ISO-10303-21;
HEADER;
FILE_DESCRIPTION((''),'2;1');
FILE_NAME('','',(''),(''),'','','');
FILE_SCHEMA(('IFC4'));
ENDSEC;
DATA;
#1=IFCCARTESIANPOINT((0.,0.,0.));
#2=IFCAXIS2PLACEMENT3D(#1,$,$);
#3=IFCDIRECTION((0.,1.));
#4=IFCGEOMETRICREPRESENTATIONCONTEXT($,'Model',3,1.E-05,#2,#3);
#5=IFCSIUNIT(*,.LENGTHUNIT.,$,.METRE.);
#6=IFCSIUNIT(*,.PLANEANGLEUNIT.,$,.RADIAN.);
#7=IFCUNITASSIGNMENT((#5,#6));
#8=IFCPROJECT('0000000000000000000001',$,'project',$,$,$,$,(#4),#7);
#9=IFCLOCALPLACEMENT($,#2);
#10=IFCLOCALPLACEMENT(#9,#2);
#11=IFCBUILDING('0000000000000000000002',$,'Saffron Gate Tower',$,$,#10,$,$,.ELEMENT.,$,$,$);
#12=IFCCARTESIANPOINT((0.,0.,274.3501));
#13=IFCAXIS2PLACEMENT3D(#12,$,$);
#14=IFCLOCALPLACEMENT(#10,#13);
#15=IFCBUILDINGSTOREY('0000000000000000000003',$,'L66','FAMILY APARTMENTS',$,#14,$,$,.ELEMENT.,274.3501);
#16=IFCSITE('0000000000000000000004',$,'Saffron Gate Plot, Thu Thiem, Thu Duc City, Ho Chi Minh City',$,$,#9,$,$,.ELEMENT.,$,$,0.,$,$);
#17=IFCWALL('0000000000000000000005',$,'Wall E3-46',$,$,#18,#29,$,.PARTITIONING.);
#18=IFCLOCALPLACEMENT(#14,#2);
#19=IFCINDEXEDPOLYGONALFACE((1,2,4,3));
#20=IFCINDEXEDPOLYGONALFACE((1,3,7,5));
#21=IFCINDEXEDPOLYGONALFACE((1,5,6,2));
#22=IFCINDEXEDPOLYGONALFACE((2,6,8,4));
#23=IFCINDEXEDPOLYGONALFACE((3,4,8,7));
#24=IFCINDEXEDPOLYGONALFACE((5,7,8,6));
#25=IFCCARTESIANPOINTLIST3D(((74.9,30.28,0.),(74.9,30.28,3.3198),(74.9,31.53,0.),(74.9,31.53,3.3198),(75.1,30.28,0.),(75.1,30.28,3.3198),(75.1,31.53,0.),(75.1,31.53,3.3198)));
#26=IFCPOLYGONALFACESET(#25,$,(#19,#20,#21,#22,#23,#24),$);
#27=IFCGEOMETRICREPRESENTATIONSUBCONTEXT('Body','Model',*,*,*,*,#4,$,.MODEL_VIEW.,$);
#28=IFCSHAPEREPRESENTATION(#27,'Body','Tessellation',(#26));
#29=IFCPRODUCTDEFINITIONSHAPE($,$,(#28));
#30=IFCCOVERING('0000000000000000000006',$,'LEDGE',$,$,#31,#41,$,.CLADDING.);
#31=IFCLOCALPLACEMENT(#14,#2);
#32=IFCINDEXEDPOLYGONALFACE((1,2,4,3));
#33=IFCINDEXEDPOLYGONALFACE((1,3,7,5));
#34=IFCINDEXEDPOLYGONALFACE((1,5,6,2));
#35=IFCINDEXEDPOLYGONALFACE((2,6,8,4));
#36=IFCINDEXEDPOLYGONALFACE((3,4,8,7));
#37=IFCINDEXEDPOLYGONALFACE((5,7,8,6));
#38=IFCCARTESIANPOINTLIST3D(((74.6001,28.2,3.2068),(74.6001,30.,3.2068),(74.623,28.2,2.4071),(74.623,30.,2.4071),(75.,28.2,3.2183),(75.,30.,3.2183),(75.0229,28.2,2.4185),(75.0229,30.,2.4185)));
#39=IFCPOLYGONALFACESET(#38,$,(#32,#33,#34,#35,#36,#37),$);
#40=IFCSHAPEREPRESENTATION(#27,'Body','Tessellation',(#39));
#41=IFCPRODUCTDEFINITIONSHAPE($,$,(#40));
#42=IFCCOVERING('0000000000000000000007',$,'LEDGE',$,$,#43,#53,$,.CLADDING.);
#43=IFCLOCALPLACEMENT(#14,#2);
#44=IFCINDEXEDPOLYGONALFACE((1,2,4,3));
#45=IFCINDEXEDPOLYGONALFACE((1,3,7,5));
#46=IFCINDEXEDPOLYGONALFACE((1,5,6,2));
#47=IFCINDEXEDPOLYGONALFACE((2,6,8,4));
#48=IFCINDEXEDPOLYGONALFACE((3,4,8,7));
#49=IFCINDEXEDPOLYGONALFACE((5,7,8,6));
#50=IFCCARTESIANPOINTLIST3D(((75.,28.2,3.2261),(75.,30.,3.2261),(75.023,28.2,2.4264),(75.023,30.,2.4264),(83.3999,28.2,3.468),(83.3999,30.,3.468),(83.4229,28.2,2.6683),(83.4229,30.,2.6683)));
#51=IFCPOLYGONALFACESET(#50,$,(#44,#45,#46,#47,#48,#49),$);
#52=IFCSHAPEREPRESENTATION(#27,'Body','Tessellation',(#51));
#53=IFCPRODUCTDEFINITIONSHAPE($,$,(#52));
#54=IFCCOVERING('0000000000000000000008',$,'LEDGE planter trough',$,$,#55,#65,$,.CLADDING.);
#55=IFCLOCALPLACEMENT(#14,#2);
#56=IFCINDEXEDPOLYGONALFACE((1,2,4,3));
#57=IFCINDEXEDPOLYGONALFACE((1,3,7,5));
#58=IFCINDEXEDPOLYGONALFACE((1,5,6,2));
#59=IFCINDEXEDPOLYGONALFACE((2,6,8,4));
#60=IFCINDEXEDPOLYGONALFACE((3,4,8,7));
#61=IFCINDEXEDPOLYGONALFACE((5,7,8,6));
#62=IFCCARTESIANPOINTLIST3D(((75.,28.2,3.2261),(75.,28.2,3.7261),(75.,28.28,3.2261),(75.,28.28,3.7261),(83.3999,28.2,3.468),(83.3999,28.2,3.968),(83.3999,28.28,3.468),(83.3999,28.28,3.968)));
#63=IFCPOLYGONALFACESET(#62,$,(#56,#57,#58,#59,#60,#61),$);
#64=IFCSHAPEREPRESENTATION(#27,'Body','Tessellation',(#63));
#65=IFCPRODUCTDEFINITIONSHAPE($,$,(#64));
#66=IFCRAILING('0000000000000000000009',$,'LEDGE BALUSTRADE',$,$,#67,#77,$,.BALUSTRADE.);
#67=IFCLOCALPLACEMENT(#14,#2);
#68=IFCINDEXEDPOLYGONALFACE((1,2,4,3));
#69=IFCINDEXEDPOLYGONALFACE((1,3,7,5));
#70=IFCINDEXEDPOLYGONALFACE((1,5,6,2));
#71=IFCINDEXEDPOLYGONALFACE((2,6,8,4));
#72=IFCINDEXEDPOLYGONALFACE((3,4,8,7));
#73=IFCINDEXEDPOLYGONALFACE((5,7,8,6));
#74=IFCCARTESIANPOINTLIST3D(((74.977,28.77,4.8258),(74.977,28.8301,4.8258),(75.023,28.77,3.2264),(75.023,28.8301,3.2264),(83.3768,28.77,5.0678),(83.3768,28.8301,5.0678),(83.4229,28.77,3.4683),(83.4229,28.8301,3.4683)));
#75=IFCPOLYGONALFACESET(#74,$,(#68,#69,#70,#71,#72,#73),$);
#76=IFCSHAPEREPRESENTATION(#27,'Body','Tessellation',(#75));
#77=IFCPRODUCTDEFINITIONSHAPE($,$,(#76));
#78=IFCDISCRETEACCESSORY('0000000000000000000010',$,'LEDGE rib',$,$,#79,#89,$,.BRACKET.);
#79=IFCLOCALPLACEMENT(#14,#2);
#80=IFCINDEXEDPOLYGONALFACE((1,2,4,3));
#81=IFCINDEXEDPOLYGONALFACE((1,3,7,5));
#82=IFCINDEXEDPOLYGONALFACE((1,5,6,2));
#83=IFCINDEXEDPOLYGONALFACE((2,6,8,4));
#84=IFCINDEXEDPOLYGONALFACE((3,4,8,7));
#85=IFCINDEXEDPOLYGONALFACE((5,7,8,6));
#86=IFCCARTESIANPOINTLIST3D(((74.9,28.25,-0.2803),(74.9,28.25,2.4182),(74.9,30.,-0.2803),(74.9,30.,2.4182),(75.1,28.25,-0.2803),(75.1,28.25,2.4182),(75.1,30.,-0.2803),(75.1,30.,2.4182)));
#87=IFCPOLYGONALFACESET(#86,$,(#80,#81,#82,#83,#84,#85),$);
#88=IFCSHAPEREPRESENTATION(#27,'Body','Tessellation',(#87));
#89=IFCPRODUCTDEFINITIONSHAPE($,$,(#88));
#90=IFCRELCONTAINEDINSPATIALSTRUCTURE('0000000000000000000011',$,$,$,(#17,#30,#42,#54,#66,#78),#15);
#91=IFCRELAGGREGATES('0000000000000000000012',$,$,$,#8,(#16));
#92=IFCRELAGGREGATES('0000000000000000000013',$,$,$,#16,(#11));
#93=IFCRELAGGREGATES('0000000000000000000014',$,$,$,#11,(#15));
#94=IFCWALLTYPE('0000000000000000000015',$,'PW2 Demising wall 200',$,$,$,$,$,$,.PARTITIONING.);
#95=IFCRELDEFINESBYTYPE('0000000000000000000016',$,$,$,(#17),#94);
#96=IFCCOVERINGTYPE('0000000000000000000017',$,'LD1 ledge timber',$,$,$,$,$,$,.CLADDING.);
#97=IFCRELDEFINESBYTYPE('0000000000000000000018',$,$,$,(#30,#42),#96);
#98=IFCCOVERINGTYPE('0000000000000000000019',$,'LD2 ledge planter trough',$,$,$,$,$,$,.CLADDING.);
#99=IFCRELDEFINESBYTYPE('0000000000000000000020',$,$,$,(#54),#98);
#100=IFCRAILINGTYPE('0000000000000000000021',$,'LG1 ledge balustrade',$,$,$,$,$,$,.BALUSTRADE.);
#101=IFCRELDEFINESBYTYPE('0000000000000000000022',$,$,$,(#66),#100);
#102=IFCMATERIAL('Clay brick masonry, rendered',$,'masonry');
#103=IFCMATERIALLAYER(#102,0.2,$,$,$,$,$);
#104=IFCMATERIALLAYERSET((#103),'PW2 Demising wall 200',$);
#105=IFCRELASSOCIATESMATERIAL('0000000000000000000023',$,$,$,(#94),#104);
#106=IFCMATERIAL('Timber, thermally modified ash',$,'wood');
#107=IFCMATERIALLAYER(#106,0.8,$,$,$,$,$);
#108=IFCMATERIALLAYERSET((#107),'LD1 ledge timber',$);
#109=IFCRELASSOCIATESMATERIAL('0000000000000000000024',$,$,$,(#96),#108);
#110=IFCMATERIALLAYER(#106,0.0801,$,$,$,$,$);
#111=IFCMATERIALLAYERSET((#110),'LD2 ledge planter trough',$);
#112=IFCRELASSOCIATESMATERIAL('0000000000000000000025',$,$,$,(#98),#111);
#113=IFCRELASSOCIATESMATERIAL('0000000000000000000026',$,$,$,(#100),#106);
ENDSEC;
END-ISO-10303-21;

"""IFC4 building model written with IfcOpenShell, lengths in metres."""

from ifc_helpers import new_model, si_unit, direction, frame, frame_2d, origin, origin_2d, place, context, subcontext, project, spatial, polyline, rectangle, outline, extrude, material, layer, layer_set, type_object, element, save


model = new_model("IFC4")

# Units and contexts
model_context = context("Model", 3, precision=1e-05, world=origin(), true_north=direction((0.0, 1.0)))
body_context = subcontext(model_context, "Body", "Model", "MODEL_VIEW")
ifc_project = project(units=[si_unit("LENGTHUNIT", "METRE"), si_unit("PLANEANGLEUNIT", "RADIAN")], contexts=[model_context])

# Site, building, storey
site_placement = place(None, origin())
site = spatial("IfcSite", under=ifc_project, at=site_placement, Name="Saffron Gate Plot, Thu Thiem, Thu Duc City, Ho Chi Minh City", CompositionType="ELEMENT", RefElevation=0.0)
building_placement = place(site_placement, origin())
building = spatial("IfcBuilding", under=site, at=building_placement, Name="Saffron Gate Tower", CompositionType="ELEMENT")
storey_placement = place(building_placement, frame((0.0, 0.0, 274.3501)))
storey = spatial("IfcBuildingStorey", under=building, at=storey_placement, Name="L66", Description="FAMILY APARTMENTS", CompositionType="ELEMENT", Elevation=274.3501)

# Wall
ifc_material_1 = material(Name="Clay brick masonry, rendered", Category="masonry")
ifc_layer_1 = layer(ifc_material_1, 0.2)
ifc_layer_set_1 = layer_set([ifc_layer_1], Name="PW2 Demising wall 200")
wall_type_1 = type_object("IfcWallType", Name="PW2 Demising wall 200", PredefinedType="PARTITIONING", material=ifc_layer_set_1)
wall_1_placement = place(storey_placement, frame((75.0, 31.53, 0.0), z_axis=(0.0, 0.0, 1.0), x_axis=(0.0, -1.0, 0.0)))
element("IfcWall", 1, at=wall_1_placement, inside=storey, type_object=wall_type_1, Name="Wall E3-46", PredefinedType="PARTITIONING", context=body_context, shape_type="SweptSolid", body=[
    extrude(rectangle(XDim=1.25, YDim=0.2, at=frame_2d((0.625, 0.0))), origin(), (0.0, 0.0, 1.0), 3.3198),
])

# Coverings
ifc_material_2 = material(Name="Timber, thermally modified ash", Category="wood")
ifc_layer_2 = layer(ifc_material_2, 0.8)
ifc_layer_set_2 = layer_set([ifc_layer_2], Name="LD1 ledge timber")
covering_type_1 = type_object("IfcCoveringType", Name="LD1 ledge timber", PredefinedType="CLADDING", material=ifc_layer_set_2)
covering_1_placement = place(storey_placement, frame((74.6001, 30.0, 3.2068), z_axis=(-0.028682, 0.0, 0.999589), x_axis=(0.999589, 0.0, 0.028682)))
element("IfcCovering", 2, at=covering_1_placement, inside=storey, type_object=covering_type_1, Name="LEDGE", PredefinedType="CLADDING", context=body_context, shape_type="SweptSolid", body=[
    extrude(outline(polyline([(0.0, 0.0), (0.4001, 0.0), (0.4001, -1.8), (0.0, -1.8), (0.0, 0.0)])), origin(), (0.0, 0.0, -1.0), 0.8),
])
covering_2_placement = place(storey_placement, frame((75.0, 30.0, 3.2261), z_axis=(-0.028791, 0.0, 0.999585), x_axis=(0.999585, 0.0, 0.028791)))
element("IfcCovering", 3, at=covering_2_placement, inside=storey, type_object=covering_type_1, Name="LEDGE", PredefinedType="CLADDING", context=body_context, shape_type="SweptSolid", body=[
    extrude(outline(polyline([(0.0, 0.0), (8.4034, 0.0), (8.4034, -1.8), (0.0, -1.8), (0.0, 0.0)])), origin(), (0.0, 0.0, -1.0), 0.8),
])
ifc_layer_3 = layer(ifc_material_2, 0.0801)
ifc_layer_set_3 = layer_set([ifc_layer_3], Name="LD2 ledge planter trough")
covering_type_2 = type_object("IfcCoveringType", Name="LD2 ledge planter trough", PredefinedType="CLADDING", material=ifc_layer_set_3)
covering_3_placement = place(storey_placement, frame((75.0, 28.2, 3.2261), z_axis=(0.0, -1.0, 0.0), x_axis=(0.999585, 0.0, 0.028791)))
element("IfcCovering", 4, at=covering_3_placement, inside=storey, type_object=covering_type_2, Name="LEDGE planter trough", PredefinedType="CLADDING", context=body_context, shape_type="SweptSolid", body=[
    extrude(outline(polyline([(0.0, 0.0), (8.4034, 0.0), (8.4178, 0.4998), (0.0144, 0.4998), (0.0, 0.0)])), origin(), (0.0, 0.0, -1.0), 0.0801),
])

# Railing
railing_type = type_object("IfcRailingType", Name="LG1 ledge balustrade", PredefinedType="BALUSTRADE", material=ifc_material_2)
railing_placement = place(storey_placement, frame((75.0, 28.8, 3.2261)))
element("IfcRailing", 5, at=railing_placement, inside=storey, type_object=railing_type, Name="LEDGE BALUSTRADE", PredefinedType="BALUSTRADE", context=body_context, shape_type="SweptSolid", body=[
    extrude(rectangle(XDim=0.0601, YDim=1.6001, at=origin_2d()), frame((0.0, 0.0, 0.8), z_axis=(0.999585, 0.0, 0.028791), x_axis=(0.0, 1.0, 0.0)), (0.0, 0.0, 1.0), 8.4033),
])

# Discrete accessory
discrete_accessory_placement = place(storey_placement, frame((75.0, 29.125, -0.2803), z_axis=(0.0, 0.0, 1.0), x_axis=(1.0, 0.0, 0.0)))
element("IfcDiscreteAccessory", 6, at=discrete_accessory_placement, inside=storey, Name="LEDGE rib", PredefinedType="BRACKET", context=body_context, shape_type="SweptSolid", body=[
    extrude(rectangle(XDim=0.2, YDim=1.75, at=origin_2d()), origin(), (0.0, 0.0, 1.0), 2.6985),
])

save(model, "model.ifc")
